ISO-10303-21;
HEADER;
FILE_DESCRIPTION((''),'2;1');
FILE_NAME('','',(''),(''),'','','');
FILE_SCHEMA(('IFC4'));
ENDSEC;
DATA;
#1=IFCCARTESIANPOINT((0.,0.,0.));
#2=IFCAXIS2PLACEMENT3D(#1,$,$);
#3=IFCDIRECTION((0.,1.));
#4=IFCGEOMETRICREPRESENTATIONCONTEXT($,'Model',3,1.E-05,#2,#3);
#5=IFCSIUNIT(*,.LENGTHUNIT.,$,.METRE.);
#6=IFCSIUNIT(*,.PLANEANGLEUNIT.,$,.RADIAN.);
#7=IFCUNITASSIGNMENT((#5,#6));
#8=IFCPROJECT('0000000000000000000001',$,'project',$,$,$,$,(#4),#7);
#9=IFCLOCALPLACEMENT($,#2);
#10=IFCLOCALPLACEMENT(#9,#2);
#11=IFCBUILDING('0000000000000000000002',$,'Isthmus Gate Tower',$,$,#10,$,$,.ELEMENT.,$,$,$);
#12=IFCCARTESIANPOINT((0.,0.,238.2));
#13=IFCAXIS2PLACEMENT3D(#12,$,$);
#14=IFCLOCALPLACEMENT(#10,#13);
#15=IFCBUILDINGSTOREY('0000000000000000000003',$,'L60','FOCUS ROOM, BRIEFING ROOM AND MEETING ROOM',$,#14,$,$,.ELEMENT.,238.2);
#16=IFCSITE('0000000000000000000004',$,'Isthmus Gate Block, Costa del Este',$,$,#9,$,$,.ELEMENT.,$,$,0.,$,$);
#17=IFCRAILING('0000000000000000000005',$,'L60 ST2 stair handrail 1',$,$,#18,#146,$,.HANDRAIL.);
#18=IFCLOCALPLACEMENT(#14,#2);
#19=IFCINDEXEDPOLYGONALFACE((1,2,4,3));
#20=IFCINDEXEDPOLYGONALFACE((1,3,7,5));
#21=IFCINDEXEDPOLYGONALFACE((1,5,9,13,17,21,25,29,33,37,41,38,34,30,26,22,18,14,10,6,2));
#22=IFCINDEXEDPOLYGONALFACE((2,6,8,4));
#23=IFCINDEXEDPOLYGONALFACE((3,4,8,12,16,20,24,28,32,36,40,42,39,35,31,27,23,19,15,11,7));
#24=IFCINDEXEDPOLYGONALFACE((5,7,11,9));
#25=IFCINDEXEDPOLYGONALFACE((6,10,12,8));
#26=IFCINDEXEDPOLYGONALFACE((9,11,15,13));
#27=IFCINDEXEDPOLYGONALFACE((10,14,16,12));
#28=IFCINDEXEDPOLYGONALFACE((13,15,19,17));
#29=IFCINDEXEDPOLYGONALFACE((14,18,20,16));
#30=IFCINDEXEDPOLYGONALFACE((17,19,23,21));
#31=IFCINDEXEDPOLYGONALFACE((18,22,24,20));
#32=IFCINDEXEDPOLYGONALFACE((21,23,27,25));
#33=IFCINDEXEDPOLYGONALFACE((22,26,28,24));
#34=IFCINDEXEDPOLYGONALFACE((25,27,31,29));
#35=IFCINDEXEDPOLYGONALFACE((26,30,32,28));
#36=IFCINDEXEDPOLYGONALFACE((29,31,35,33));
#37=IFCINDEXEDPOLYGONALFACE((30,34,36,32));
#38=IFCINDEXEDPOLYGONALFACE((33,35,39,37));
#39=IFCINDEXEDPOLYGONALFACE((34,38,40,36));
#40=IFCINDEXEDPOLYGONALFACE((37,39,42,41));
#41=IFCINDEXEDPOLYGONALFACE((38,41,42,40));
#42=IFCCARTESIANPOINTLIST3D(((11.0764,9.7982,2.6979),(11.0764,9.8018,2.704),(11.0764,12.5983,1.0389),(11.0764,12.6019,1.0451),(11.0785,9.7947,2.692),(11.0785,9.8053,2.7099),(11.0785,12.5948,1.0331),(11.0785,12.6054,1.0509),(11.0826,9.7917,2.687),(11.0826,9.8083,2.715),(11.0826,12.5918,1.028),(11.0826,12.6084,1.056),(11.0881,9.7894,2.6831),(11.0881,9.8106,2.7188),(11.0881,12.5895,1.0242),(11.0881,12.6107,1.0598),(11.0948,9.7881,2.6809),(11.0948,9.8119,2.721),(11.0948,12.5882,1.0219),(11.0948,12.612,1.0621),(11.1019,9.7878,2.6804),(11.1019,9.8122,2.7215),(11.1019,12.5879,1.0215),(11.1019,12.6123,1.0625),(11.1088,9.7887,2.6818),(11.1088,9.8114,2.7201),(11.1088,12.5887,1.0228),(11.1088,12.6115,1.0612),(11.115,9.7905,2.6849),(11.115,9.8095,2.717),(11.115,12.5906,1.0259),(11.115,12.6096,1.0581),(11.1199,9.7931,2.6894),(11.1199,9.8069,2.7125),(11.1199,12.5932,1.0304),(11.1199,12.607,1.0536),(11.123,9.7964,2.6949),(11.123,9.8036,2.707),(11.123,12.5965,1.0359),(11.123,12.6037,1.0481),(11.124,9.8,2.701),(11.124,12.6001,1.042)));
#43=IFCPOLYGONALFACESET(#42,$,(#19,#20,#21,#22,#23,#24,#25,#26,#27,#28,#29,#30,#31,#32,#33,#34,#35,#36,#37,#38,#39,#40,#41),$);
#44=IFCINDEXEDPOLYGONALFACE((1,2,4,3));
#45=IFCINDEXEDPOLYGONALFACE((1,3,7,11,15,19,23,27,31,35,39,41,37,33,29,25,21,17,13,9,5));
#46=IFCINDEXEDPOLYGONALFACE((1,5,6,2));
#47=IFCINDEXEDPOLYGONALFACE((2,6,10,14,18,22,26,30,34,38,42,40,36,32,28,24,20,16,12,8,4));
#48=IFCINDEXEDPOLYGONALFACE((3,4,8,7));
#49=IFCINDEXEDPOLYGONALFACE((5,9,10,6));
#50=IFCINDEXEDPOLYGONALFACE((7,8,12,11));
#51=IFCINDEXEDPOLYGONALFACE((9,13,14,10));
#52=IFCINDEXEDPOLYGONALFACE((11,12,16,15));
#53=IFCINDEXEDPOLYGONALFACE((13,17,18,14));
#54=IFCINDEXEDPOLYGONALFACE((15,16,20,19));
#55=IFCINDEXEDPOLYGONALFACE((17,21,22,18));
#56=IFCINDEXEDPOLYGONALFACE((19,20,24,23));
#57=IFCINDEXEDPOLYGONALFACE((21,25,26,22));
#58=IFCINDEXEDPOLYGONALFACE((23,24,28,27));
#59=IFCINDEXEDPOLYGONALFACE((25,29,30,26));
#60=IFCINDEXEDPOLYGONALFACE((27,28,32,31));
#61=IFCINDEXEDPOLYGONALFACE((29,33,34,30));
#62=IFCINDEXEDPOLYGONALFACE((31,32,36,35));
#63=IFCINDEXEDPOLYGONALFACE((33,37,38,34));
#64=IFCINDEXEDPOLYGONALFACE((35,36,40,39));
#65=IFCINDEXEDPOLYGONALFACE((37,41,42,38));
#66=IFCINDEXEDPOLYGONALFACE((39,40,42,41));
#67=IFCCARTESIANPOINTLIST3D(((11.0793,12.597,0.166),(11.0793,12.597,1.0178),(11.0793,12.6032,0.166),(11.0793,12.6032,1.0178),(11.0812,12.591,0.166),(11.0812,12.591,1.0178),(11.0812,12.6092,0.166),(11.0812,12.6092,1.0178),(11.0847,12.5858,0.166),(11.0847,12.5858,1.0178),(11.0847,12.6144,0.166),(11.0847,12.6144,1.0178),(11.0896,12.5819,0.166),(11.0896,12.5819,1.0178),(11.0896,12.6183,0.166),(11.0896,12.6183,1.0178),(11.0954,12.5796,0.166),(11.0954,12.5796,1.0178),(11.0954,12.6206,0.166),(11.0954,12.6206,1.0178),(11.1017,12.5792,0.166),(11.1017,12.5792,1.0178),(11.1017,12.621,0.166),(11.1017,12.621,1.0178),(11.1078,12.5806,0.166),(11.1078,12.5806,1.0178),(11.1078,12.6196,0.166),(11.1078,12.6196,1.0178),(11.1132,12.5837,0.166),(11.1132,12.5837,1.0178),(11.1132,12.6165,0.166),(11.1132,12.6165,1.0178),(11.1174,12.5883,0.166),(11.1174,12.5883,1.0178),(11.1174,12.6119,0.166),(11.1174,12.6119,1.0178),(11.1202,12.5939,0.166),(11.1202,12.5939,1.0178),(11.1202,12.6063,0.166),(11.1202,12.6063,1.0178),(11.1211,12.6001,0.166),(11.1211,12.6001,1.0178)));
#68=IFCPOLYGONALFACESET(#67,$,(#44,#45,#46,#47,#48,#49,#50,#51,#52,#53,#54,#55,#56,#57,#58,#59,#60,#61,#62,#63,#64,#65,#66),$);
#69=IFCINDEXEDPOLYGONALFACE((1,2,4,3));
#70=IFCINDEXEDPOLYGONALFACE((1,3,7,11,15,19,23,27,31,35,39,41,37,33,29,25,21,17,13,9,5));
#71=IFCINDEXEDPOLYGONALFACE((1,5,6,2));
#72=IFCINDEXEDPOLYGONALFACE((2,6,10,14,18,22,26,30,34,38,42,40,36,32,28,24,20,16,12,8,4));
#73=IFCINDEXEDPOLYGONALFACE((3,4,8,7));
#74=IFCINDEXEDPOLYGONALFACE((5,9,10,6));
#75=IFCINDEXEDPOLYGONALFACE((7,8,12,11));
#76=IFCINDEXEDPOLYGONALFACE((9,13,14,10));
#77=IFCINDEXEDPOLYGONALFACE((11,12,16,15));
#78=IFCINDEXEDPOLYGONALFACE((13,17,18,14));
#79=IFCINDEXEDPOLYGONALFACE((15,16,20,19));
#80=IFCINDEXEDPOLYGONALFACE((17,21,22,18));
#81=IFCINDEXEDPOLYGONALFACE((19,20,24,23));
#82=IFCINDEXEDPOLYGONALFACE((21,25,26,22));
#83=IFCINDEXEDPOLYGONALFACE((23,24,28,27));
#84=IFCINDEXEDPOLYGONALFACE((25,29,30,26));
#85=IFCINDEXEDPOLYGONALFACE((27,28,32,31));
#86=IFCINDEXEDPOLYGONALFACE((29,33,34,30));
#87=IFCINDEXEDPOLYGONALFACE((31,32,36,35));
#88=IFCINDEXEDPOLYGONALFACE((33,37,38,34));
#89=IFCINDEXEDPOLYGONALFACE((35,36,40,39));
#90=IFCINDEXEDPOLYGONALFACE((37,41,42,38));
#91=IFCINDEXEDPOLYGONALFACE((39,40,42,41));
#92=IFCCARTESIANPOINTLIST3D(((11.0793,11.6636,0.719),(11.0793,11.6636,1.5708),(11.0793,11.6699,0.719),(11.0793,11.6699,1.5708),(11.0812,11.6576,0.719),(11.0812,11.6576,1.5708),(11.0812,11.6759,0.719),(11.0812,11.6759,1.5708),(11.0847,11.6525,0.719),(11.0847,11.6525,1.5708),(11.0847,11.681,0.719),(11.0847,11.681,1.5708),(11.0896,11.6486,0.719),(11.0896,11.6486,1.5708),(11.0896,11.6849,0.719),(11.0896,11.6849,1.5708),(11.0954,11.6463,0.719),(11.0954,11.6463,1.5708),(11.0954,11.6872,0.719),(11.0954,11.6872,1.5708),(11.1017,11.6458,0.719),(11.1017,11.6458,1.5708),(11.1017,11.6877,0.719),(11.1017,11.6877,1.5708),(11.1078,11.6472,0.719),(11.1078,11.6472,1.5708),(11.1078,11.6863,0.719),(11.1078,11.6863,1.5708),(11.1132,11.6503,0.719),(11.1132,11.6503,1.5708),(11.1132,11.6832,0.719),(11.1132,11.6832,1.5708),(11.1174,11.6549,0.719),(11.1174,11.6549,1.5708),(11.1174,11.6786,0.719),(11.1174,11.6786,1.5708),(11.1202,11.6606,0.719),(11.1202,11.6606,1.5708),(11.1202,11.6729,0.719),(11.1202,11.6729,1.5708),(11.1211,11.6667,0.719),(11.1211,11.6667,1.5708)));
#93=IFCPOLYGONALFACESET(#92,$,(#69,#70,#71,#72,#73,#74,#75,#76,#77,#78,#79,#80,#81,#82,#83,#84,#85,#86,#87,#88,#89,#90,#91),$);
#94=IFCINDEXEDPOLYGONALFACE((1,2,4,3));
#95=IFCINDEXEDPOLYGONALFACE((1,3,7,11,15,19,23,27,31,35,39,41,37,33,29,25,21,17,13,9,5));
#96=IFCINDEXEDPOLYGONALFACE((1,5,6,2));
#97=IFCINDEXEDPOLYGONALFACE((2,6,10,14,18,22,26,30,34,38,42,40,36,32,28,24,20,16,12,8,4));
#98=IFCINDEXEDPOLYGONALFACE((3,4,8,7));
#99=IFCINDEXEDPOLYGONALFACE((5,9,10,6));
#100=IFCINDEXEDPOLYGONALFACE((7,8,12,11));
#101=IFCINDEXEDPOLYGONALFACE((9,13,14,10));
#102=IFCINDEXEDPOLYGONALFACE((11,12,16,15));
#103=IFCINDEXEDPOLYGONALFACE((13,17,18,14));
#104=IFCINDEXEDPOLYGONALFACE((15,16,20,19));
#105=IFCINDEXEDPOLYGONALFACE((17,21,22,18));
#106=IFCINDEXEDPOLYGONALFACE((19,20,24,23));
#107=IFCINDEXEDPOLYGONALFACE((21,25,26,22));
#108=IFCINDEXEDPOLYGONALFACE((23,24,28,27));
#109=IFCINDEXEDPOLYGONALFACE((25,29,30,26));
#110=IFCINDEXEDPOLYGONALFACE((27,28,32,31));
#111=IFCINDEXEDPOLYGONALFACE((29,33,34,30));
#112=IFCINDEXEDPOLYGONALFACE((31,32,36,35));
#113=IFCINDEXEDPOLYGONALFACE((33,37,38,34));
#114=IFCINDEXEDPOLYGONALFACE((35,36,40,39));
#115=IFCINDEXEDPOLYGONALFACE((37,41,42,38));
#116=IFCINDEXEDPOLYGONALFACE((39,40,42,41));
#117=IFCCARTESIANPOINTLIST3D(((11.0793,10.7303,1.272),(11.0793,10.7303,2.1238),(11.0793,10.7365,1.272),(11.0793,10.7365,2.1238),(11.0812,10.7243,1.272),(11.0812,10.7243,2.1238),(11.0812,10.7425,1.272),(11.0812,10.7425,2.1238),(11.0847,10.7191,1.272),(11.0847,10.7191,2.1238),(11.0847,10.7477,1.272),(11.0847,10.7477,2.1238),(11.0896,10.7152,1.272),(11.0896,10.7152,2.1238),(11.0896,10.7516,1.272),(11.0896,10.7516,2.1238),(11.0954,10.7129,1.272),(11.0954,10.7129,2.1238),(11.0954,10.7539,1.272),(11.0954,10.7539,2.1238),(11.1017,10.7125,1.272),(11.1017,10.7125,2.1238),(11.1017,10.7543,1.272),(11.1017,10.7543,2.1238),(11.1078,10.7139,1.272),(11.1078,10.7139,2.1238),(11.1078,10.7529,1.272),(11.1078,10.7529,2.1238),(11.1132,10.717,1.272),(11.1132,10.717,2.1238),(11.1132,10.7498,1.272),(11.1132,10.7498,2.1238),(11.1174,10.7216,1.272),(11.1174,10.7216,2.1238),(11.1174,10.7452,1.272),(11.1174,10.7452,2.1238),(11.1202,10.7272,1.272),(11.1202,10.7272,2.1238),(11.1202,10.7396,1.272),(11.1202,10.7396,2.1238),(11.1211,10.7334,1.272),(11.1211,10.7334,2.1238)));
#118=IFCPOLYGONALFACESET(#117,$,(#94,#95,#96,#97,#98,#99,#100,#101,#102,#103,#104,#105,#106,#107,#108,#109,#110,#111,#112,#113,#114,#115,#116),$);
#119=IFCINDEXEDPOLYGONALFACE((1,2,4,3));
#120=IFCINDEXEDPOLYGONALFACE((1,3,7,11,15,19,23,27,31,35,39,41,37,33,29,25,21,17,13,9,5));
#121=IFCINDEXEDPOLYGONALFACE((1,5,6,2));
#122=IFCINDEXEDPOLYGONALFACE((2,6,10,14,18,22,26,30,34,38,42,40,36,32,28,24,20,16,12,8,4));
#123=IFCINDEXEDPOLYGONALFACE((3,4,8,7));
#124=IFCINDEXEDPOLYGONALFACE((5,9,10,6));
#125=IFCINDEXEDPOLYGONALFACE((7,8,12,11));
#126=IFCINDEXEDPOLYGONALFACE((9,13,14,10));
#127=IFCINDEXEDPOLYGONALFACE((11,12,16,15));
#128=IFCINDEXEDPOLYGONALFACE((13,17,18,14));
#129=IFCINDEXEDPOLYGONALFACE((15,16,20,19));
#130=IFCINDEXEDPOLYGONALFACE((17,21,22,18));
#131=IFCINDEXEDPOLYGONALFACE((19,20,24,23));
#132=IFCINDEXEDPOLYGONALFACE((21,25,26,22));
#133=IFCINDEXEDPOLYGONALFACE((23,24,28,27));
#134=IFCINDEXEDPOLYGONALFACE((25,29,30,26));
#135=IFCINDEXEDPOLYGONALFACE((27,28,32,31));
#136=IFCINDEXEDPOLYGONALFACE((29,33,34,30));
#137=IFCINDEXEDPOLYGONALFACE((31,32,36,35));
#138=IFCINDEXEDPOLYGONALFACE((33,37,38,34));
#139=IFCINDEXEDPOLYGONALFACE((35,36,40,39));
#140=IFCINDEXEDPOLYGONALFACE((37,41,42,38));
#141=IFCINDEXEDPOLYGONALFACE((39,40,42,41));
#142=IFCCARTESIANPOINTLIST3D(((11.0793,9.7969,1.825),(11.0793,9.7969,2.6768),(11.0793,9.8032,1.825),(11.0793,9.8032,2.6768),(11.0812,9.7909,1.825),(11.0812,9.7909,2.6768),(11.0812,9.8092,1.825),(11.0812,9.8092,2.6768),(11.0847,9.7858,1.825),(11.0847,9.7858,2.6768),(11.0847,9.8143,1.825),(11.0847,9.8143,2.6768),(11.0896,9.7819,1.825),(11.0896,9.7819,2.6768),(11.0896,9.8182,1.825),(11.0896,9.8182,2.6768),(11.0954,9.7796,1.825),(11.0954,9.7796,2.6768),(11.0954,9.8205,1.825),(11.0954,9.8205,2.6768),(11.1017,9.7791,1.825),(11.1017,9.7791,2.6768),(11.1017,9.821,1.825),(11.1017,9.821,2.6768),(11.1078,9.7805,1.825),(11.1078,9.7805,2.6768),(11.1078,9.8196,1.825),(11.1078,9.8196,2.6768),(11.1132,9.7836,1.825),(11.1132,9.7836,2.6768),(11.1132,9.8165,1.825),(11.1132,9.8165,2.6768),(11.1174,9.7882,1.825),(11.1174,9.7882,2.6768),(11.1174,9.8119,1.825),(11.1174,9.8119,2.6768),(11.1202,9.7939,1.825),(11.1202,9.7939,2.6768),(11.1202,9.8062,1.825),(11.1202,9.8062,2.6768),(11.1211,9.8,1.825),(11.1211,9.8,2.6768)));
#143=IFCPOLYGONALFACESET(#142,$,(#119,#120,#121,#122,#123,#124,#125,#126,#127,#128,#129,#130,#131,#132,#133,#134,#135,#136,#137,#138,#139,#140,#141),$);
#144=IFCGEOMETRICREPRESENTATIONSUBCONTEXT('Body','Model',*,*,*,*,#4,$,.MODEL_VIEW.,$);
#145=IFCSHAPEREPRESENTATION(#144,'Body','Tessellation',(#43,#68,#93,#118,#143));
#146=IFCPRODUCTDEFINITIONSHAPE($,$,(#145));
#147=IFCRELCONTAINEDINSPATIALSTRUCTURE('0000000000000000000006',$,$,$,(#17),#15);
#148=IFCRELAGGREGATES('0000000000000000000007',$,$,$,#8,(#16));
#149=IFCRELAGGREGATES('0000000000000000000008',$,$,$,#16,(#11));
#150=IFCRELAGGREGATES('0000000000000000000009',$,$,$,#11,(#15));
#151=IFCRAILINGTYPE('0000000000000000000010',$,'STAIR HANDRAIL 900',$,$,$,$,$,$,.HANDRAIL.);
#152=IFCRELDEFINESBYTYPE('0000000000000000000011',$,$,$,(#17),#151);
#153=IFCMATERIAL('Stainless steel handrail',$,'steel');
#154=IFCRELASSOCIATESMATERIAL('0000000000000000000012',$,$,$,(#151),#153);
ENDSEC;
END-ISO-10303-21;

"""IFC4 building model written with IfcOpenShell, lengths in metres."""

from ifc_helpers import new_model, si_unit, direction, frame, origin, origin_2d, place, context, subcontext, project, spatial, circle, extrude, material, type_object, element, save


model = new_model("IFC4")

# Units and contexts
model_context = context("Model", 3, precision=1e-05, world=origin(), true_north=direction((0.0, 1.0)))
body_context = subcontext(model_context, "Body", "Model", "MODEL_VIEW")
ifc_project = project(units=[si_unit("LENGTHUNIT", "METRE"), si_unit("PLANEANGLEUNIT", "RADIAN")], contexts=[model_context])

# Site, building, storey
site_placement = place(None, origin())
site = spatial("IfcSite", under=ifc_project, at=site_placement, Name="Isthmus Gate Block, Costa del Este", CompositionType="ELEMENT", RefElevation=0.0)
building_placement = place(site_placement, origin())
building = spatial("IfcBuilding", under=site, at=building_placement, Name="Isthmus Gate Tower", CompositionType="ELEMENT")
storey_placement = place(building_placement, frame((0.0, 0.0, 238.2)))
storey = spatial("IfcBuildingStorey", under=building, at=storey_placement, Name="L60", Description="FOCUS ROOM, BRIEFING ROOM AND MEETING ROOM", CompositionType="ELEMENT", Elevation=238.2)

# Railing
ifc_material_1 = material(Name="Stainless steel handrail", Category="steel")
railing_type_1 = type_object("IfcRailingType", Name="STAIR HANDRAIL 900", PredefinedType="HANDRAIL", material=ifc_material_1)
railing_1_placement = place(storey_placement, frame((11.1001, 12.6001, 0.166)))
element("IfcRailing", 1, at=railing_1_placement, inside=storey, type_object=railing_type_1, Name="L60 ST2 stair handrail 1", PredefinedType="HANDRAIL", context=body_context, shape_type="SweptSolid", body=[
    extrude(circle(Radius=0.0239, at=origin_2d()), frame((0.0, 0.0, 0.876), z_axis=(0.0, -0.860339, 0.509722), x_axis=(1.0, 0.0, 0.0)), (0.0, 0.0, 1.0), 3.2546),
    extrude(circle(Radius=0.021, at=origin_2d()), origin(), (0.0, 0.0, 1.0), 0.8518),
    extrude(circle(Radius=0.021, at=origin_2d()), frame((0.0, -0.9333, 0.553)), (0.0, 0.0, 1.0), 0.8518),
    extrude(circle(Radius=0.021, at=origin_2d()), frame((0.0, -1.8667, 1.106)), (0.0, 0.0, 1.0), 0.8518),
    extrude(circle(Radius=0.021, at=origin_2d()), frame((0.0, -2.8, 1.6589)), (0.0, 0.0, 1.0), 0.8518),
])

save(model, "model.ifc")
